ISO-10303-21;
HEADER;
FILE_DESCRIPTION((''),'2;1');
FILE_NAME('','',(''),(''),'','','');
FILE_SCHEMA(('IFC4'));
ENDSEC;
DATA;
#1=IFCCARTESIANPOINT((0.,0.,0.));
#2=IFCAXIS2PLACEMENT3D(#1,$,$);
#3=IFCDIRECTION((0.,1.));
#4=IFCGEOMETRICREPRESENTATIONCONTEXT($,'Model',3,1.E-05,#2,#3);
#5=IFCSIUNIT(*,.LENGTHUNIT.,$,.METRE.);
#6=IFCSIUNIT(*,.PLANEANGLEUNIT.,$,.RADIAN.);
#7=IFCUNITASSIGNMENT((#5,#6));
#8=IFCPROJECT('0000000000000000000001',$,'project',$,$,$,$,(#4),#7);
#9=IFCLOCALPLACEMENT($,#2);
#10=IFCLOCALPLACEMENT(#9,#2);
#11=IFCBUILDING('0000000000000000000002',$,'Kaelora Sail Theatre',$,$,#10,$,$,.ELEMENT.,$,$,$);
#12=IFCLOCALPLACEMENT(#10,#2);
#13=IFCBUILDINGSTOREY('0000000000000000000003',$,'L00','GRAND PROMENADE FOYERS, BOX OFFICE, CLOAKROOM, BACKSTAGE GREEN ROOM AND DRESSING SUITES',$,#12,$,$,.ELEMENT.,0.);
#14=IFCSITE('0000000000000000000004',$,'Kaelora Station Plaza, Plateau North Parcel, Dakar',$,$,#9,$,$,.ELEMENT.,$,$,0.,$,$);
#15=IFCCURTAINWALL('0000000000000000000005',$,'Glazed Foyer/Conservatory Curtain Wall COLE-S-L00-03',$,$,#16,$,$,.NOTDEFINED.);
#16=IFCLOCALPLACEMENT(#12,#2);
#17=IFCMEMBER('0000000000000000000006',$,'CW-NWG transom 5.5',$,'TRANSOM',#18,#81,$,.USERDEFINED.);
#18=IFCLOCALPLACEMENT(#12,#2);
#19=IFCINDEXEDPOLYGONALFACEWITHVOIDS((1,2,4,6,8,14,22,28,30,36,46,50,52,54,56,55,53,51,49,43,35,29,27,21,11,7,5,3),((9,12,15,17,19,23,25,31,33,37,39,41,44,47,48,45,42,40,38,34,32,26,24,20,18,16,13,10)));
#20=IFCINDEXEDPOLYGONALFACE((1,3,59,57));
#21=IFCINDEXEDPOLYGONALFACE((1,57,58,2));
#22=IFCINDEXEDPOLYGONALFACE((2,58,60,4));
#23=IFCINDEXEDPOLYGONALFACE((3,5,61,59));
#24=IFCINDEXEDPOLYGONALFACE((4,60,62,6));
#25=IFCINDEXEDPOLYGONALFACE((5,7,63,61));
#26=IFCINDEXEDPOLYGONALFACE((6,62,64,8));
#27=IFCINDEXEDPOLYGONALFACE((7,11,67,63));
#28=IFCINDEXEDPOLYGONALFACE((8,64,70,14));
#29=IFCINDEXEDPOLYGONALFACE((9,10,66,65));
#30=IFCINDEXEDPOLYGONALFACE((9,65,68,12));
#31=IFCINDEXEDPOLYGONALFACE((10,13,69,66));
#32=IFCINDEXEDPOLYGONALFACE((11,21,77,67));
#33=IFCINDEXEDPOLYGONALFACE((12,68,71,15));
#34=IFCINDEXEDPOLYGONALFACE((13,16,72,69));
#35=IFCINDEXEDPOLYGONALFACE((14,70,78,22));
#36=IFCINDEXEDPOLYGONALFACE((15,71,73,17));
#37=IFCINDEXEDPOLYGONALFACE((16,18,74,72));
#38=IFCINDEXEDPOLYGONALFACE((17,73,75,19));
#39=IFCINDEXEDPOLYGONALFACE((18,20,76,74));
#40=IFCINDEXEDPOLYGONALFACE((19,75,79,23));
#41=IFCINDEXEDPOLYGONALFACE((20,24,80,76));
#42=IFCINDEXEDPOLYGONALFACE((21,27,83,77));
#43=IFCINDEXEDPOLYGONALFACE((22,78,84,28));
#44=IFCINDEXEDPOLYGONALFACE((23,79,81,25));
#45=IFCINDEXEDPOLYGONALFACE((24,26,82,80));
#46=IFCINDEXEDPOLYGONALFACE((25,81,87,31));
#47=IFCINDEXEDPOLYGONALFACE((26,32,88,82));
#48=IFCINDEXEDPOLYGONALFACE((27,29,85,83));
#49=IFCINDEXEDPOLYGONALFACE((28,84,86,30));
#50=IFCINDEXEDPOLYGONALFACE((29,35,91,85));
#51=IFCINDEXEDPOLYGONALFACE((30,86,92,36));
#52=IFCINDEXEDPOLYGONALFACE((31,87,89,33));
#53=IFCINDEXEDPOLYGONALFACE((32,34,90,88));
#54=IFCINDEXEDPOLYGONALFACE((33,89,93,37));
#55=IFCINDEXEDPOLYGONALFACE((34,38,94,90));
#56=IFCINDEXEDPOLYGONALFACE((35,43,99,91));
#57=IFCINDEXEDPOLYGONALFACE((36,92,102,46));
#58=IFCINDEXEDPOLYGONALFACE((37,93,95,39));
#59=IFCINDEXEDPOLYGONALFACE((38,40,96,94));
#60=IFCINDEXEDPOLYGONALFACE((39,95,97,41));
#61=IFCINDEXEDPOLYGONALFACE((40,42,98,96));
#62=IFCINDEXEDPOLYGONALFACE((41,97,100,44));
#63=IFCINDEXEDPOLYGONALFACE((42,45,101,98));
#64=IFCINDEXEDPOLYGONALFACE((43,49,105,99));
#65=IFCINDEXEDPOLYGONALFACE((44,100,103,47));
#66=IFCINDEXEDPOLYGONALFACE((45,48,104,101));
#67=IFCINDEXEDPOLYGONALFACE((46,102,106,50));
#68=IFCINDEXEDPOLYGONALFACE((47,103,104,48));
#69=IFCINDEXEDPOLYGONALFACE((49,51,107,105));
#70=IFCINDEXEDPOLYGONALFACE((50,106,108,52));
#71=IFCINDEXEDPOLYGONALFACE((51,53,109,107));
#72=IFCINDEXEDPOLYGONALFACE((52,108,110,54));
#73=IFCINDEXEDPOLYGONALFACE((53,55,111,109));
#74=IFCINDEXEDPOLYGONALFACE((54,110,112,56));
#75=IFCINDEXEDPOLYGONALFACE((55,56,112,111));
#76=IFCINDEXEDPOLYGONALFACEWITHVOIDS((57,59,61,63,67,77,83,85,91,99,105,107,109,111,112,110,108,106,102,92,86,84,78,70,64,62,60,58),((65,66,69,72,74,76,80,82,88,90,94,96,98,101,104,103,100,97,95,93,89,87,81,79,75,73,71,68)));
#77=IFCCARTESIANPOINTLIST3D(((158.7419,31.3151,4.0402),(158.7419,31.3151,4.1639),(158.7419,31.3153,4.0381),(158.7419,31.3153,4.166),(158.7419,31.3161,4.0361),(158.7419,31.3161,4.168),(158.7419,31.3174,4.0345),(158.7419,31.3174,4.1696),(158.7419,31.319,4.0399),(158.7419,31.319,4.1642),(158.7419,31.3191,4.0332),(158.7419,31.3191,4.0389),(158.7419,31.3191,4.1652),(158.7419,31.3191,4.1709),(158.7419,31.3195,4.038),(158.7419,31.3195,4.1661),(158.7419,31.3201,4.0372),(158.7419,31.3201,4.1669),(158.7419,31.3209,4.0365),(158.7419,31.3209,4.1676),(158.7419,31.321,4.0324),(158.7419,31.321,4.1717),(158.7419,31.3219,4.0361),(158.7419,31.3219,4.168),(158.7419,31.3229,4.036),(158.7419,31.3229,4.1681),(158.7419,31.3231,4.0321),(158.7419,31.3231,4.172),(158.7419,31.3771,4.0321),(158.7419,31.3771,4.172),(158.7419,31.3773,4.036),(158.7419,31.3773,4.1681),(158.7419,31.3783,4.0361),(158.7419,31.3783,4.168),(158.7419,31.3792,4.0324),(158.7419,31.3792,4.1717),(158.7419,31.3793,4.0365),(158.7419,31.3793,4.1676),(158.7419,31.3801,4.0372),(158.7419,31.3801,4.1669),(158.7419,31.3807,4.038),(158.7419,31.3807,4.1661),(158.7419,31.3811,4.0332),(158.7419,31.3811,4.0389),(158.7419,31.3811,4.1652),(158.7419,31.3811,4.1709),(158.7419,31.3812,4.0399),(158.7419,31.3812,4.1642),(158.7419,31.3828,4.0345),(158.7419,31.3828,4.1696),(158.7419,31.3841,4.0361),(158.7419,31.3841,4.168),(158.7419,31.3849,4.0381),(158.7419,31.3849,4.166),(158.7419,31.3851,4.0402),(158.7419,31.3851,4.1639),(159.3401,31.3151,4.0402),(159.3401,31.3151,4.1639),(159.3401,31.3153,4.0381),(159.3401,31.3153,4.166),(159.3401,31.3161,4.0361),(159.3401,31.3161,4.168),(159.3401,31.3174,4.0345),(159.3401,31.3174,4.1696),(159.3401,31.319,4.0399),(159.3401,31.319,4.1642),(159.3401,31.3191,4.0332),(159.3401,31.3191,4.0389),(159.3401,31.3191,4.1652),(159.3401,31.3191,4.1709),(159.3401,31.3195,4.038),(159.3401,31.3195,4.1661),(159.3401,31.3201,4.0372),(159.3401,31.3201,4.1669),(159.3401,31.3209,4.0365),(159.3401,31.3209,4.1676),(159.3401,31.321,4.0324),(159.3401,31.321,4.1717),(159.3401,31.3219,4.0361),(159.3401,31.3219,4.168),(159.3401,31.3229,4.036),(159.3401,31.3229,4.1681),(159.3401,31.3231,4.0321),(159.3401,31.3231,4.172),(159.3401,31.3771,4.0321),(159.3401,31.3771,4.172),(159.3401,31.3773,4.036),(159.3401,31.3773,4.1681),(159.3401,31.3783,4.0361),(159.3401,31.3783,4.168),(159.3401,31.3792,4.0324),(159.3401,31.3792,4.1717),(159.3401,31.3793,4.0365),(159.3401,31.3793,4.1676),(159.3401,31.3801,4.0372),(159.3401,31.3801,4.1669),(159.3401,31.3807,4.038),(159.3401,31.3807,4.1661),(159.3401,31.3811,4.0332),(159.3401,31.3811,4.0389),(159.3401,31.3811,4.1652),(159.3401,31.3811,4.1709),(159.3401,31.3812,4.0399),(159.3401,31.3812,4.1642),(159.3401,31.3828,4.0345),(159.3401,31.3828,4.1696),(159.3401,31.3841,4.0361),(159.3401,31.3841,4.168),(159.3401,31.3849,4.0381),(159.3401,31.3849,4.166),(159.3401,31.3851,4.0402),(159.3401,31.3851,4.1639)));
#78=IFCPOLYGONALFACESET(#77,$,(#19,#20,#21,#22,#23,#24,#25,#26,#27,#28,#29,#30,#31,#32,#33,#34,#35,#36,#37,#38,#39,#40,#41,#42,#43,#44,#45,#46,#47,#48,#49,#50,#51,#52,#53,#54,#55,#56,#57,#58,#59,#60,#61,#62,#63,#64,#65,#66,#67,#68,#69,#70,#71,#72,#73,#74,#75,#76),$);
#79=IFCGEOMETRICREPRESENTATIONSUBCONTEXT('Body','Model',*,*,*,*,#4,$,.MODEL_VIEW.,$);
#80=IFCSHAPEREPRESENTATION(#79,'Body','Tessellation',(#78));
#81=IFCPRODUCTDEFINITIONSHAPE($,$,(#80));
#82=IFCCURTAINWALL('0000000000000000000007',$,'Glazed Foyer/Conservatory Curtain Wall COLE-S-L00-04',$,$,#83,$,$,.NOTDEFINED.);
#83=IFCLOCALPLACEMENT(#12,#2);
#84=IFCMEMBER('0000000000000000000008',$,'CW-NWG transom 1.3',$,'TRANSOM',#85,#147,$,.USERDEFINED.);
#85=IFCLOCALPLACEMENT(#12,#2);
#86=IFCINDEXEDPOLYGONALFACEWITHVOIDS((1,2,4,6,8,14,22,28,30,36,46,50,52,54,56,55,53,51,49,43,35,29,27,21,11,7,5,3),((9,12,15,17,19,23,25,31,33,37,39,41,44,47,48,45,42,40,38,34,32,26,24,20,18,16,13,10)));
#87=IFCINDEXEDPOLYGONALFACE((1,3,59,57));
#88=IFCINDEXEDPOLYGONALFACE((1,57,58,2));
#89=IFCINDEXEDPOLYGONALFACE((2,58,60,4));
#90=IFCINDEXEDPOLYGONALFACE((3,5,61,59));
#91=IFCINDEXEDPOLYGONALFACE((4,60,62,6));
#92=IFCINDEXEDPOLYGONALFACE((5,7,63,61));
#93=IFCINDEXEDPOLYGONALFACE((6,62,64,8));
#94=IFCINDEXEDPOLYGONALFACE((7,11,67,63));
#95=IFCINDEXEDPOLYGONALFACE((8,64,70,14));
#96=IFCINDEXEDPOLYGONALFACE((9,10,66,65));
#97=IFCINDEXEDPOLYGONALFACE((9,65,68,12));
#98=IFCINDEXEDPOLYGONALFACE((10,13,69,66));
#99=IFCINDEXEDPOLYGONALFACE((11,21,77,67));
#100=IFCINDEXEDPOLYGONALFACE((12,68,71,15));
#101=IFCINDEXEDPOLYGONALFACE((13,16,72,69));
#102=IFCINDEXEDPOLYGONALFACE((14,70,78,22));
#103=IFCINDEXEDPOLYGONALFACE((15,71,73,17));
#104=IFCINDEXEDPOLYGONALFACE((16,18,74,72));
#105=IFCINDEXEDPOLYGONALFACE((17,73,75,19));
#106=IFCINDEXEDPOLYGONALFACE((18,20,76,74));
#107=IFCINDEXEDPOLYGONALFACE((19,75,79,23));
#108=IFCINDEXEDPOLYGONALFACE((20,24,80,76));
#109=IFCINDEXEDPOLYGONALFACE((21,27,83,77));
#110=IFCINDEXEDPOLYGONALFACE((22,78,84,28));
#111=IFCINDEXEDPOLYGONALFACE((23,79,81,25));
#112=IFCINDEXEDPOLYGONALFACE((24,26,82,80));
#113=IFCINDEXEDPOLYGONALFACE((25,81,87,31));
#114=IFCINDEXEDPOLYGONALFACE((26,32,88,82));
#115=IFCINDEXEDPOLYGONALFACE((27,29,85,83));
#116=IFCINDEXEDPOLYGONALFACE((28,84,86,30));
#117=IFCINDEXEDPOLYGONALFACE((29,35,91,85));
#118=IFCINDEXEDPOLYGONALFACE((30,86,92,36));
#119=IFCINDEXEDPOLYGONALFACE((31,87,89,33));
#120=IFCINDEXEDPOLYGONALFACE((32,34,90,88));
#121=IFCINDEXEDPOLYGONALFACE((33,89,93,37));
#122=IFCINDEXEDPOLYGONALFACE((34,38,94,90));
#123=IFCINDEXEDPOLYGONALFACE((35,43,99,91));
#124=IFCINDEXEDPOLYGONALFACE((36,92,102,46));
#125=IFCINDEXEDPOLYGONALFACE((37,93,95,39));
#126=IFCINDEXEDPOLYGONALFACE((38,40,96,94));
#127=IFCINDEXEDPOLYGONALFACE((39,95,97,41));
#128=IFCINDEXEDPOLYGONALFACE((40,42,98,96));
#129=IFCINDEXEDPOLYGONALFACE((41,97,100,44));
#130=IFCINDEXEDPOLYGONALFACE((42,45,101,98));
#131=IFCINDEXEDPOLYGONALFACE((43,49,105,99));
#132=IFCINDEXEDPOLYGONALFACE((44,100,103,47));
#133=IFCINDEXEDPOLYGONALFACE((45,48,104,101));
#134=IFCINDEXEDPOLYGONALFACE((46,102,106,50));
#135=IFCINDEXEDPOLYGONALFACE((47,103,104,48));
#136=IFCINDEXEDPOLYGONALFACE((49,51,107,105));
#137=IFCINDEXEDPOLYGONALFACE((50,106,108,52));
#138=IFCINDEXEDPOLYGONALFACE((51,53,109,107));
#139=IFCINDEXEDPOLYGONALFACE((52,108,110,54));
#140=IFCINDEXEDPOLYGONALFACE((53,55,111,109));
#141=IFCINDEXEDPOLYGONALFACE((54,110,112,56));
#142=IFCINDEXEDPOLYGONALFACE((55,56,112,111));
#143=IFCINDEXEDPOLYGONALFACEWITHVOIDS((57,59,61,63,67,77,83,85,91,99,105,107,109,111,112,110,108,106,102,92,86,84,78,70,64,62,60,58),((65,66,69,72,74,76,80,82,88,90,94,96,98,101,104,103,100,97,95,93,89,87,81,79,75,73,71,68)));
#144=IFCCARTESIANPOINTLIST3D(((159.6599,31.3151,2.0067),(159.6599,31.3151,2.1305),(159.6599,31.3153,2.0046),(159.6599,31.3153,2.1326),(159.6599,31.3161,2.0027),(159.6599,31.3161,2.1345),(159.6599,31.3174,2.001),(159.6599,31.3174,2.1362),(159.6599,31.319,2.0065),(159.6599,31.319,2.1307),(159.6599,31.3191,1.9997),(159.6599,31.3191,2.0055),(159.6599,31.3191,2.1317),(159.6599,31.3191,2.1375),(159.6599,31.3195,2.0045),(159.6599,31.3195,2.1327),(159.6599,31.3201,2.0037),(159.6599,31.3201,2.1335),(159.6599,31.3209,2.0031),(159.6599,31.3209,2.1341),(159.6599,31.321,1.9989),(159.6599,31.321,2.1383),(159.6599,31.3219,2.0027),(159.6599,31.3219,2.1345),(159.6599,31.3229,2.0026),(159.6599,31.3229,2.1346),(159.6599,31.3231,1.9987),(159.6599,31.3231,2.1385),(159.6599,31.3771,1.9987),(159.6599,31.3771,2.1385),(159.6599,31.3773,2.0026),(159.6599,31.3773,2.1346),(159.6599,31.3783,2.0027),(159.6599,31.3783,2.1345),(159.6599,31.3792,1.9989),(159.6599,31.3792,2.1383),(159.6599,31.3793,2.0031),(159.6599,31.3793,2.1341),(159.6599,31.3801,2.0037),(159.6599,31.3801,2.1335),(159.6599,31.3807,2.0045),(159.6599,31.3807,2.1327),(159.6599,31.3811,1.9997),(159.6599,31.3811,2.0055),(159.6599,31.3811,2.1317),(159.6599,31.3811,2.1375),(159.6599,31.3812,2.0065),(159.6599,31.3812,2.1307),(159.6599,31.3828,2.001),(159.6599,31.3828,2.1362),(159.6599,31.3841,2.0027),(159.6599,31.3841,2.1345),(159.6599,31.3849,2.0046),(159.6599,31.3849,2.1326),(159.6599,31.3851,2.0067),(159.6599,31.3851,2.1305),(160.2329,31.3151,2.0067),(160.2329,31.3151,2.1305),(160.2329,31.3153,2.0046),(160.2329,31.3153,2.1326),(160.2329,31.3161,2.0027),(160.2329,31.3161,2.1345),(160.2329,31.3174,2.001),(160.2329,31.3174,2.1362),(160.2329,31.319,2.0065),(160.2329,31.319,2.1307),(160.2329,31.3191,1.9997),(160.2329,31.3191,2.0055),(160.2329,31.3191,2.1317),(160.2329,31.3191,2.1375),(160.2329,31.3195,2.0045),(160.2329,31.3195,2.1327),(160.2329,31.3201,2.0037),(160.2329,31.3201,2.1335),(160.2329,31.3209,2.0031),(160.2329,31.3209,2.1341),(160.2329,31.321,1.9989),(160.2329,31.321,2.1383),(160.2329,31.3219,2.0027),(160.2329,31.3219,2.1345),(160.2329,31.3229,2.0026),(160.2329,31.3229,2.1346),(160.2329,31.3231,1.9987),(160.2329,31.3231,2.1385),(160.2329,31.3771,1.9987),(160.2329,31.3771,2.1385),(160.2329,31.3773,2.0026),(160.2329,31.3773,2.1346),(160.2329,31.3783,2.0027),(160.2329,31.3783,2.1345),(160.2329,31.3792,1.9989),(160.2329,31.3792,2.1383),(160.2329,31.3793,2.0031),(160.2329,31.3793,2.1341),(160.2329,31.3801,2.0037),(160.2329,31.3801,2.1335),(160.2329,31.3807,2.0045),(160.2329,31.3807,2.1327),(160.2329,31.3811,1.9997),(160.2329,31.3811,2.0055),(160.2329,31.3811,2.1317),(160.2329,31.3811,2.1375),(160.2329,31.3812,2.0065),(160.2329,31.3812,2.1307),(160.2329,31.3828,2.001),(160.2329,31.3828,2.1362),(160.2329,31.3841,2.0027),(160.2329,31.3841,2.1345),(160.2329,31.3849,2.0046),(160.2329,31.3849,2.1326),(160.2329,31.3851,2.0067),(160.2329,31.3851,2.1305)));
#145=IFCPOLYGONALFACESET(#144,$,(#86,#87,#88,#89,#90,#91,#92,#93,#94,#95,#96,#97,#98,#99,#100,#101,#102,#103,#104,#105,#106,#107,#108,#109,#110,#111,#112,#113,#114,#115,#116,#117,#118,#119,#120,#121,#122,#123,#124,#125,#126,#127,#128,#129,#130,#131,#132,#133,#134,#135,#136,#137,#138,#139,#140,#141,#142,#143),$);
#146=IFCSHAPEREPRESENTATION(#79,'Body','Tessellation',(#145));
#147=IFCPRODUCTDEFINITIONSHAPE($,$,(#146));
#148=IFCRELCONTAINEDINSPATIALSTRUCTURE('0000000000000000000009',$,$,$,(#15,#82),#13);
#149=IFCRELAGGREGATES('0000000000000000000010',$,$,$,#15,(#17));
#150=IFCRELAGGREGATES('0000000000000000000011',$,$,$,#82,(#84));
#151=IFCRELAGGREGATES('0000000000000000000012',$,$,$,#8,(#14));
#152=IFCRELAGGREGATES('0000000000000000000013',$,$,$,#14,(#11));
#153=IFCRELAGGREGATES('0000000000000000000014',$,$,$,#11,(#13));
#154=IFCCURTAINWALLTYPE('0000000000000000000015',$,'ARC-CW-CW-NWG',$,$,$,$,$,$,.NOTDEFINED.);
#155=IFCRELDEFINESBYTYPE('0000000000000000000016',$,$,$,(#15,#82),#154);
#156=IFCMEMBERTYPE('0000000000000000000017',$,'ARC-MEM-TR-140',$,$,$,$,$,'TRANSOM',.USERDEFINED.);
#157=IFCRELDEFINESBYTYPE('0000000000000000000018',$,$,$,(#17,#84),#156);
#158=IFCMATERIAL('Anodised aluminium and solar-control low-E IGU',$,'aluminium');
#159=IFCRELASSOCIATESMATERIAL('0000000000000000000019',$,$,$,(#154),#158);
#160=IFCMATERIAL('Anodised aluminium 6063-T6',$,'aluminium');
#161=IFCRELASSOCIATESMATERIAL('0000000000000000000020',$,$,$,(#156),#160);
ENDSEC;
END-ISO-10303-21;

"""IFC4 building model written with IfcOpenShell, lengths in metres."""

from ifc_helpers import new_model, si_unit, direction, frame, origin, origin_2d, place, context, subcontext, project, spatial, hollow_rectangle, extrude, material, material_profile, profile_set, type_object, element, aggregate, save


model = new_model("IFC4")

# Units and contexts
model_context = context("Model", 3, precision=1e-05, world=origin(), true_north=direction((0.0, 1.0)))
body_context = subcontext(model_context, "Body", "Model", "MODEL_VIEW")
ifc_project = project(units=[si_unit("LENGTHUNIT", "METRE"), si_unit("PLANEANGLEUNIT", "RADIAN")], contexts=[model_context])

# Site, building, storey
site_placement = place(None, origin())
site = spatial("IfcSite", under=ifc_project, at=site_placement, Name="Kaelora Station Plaza, Plateau North Parcel, Dakar", CompositionType="ELEMENT", RefElevation=0.0)
building_placement = place(site_placement, origin())
building = spatial("IfcBuilding", under=site, at=building_placement, Name="Kaelora Sail Theatre", CompositionType="ELEMENT")
storey_placement = place(building_placement, origin())
storey = spatial("IfcBuildingStorey", under=building, at=storey_placement, Name="L00", Description="GRAND PROMENADE FOYERS, BOX OFFICE, CLOAKROOM, BACKSTAGE GREEN ROOM AND DRESSING SUITES", CompositionType="ELEMENT", Elevation=0.0)

# Curtain walls, members
ifc_material_1 = material(Name="Anodised aluminium and solar-control low-E IGU", Category="aluminium")
curtain_wall_type = type_object("IfcCurtainWallType", Name="ARC-CW-CW-NWG", PredefinedType="NOTDEFINED", material=ifc_material_1)
curtain_wall_1_placement = place(storey_placement, origin())
curtain_wall_1 = element("IfcCurtainWall", 1, at=curtain_wall_1_placement, inside=storey, type_object=curtain_wall_type, Name="Glazed Foyer/Conservatory Curtain Wall COLE-S-L00-03", PredefinedType="NOTDEFINED")
ifc_material_2 = material(Name="Anodised aluminium 6063-T6", Category="aluminium")
ifc_material_profile = material_profile(ifc_material_2, hollow_rectangle(XDim=0.0701, YDim=0.1399, WallThickness=0.0039, InnerFilletRadius=0.0039, OuterFilletRadius=0.0081, at=origin_2d()), Name="ALU-TRAN 70x140x4")
ifc_profile_set = profile_set([ifc_material_profile], Name="Anodised aluminium 6063-T6")
member_type = type_object("IfcMemberType", Name="ARC-MEM-TR-140", ElementType="TRANSOM", PredefinedType="USERDEFINED", material=ifc_profile_set)
member_1_placement = place(storey_placement, frame((158.7419, 31.3501, 4.1021), z_axis=(1.0, 0.0, 0.0), x_axis=(0.0, 1.0, 0.0)))
member_1 = element("IfcMember", 2, at=member_1_placement, type_object=member_type, Name="CW-NWG transom 5.5", ObjectType="TRANSOM", PredefinedType="USERDEFINED", context=body_context, shape_type="SweptSolid", body=[
    extrude(hollow_rectangle(XDim=0.0701, YDim=0.1399, WallThickness=0.0039, InnerFilletRadius=0.0039, OuterFilletRadius=0.0081, at=origin_2d()), origin(), (0.0, 0.0, 1.0), 0.5981),
])
curtain_wall_2_placement = place(storey_placement, origin())
curtain_wall_2 = element("IfcCurtainWall", 3, at=curtain_wall_2_placement, inside=storey, type_object=curtain_wall_type, Name="Glazed Foyer/Conservatory Curtain Wall COLE-S-L00-04", PredefinedType="NOTDEFINED")
member_2_placement = place(storey_placement, frame((159.6599, 31.3501, 2.0686), z_axis=(1.0, 0.0, 0.0), x_axis=(0.0, 1.0, 0.0)))
member_2 = element("IfcMember", 4, at=member_2_placement, type_object=member_type, Name="CW-NWG transom 1.3", ObjectType="TRANSOM", PredefinedType="USERDEFINED", context=body_context, shape_type="SweptSolid", body=[
    extrude(hollow_rectangle(XDim=0.0701, YDim=0.1399, WallThickness=0.0039, InnerFilletRadius=0.0039, OuterFilletRadius=0.0081, at=origin_2d()), origin(), (0.0, 0.0, 1.0), 0.573),
])

aggregate(curtain_wall_1, [member_1])
aggregate(curtain_wall_2, [member_2])

save(model, "model.ifc")
